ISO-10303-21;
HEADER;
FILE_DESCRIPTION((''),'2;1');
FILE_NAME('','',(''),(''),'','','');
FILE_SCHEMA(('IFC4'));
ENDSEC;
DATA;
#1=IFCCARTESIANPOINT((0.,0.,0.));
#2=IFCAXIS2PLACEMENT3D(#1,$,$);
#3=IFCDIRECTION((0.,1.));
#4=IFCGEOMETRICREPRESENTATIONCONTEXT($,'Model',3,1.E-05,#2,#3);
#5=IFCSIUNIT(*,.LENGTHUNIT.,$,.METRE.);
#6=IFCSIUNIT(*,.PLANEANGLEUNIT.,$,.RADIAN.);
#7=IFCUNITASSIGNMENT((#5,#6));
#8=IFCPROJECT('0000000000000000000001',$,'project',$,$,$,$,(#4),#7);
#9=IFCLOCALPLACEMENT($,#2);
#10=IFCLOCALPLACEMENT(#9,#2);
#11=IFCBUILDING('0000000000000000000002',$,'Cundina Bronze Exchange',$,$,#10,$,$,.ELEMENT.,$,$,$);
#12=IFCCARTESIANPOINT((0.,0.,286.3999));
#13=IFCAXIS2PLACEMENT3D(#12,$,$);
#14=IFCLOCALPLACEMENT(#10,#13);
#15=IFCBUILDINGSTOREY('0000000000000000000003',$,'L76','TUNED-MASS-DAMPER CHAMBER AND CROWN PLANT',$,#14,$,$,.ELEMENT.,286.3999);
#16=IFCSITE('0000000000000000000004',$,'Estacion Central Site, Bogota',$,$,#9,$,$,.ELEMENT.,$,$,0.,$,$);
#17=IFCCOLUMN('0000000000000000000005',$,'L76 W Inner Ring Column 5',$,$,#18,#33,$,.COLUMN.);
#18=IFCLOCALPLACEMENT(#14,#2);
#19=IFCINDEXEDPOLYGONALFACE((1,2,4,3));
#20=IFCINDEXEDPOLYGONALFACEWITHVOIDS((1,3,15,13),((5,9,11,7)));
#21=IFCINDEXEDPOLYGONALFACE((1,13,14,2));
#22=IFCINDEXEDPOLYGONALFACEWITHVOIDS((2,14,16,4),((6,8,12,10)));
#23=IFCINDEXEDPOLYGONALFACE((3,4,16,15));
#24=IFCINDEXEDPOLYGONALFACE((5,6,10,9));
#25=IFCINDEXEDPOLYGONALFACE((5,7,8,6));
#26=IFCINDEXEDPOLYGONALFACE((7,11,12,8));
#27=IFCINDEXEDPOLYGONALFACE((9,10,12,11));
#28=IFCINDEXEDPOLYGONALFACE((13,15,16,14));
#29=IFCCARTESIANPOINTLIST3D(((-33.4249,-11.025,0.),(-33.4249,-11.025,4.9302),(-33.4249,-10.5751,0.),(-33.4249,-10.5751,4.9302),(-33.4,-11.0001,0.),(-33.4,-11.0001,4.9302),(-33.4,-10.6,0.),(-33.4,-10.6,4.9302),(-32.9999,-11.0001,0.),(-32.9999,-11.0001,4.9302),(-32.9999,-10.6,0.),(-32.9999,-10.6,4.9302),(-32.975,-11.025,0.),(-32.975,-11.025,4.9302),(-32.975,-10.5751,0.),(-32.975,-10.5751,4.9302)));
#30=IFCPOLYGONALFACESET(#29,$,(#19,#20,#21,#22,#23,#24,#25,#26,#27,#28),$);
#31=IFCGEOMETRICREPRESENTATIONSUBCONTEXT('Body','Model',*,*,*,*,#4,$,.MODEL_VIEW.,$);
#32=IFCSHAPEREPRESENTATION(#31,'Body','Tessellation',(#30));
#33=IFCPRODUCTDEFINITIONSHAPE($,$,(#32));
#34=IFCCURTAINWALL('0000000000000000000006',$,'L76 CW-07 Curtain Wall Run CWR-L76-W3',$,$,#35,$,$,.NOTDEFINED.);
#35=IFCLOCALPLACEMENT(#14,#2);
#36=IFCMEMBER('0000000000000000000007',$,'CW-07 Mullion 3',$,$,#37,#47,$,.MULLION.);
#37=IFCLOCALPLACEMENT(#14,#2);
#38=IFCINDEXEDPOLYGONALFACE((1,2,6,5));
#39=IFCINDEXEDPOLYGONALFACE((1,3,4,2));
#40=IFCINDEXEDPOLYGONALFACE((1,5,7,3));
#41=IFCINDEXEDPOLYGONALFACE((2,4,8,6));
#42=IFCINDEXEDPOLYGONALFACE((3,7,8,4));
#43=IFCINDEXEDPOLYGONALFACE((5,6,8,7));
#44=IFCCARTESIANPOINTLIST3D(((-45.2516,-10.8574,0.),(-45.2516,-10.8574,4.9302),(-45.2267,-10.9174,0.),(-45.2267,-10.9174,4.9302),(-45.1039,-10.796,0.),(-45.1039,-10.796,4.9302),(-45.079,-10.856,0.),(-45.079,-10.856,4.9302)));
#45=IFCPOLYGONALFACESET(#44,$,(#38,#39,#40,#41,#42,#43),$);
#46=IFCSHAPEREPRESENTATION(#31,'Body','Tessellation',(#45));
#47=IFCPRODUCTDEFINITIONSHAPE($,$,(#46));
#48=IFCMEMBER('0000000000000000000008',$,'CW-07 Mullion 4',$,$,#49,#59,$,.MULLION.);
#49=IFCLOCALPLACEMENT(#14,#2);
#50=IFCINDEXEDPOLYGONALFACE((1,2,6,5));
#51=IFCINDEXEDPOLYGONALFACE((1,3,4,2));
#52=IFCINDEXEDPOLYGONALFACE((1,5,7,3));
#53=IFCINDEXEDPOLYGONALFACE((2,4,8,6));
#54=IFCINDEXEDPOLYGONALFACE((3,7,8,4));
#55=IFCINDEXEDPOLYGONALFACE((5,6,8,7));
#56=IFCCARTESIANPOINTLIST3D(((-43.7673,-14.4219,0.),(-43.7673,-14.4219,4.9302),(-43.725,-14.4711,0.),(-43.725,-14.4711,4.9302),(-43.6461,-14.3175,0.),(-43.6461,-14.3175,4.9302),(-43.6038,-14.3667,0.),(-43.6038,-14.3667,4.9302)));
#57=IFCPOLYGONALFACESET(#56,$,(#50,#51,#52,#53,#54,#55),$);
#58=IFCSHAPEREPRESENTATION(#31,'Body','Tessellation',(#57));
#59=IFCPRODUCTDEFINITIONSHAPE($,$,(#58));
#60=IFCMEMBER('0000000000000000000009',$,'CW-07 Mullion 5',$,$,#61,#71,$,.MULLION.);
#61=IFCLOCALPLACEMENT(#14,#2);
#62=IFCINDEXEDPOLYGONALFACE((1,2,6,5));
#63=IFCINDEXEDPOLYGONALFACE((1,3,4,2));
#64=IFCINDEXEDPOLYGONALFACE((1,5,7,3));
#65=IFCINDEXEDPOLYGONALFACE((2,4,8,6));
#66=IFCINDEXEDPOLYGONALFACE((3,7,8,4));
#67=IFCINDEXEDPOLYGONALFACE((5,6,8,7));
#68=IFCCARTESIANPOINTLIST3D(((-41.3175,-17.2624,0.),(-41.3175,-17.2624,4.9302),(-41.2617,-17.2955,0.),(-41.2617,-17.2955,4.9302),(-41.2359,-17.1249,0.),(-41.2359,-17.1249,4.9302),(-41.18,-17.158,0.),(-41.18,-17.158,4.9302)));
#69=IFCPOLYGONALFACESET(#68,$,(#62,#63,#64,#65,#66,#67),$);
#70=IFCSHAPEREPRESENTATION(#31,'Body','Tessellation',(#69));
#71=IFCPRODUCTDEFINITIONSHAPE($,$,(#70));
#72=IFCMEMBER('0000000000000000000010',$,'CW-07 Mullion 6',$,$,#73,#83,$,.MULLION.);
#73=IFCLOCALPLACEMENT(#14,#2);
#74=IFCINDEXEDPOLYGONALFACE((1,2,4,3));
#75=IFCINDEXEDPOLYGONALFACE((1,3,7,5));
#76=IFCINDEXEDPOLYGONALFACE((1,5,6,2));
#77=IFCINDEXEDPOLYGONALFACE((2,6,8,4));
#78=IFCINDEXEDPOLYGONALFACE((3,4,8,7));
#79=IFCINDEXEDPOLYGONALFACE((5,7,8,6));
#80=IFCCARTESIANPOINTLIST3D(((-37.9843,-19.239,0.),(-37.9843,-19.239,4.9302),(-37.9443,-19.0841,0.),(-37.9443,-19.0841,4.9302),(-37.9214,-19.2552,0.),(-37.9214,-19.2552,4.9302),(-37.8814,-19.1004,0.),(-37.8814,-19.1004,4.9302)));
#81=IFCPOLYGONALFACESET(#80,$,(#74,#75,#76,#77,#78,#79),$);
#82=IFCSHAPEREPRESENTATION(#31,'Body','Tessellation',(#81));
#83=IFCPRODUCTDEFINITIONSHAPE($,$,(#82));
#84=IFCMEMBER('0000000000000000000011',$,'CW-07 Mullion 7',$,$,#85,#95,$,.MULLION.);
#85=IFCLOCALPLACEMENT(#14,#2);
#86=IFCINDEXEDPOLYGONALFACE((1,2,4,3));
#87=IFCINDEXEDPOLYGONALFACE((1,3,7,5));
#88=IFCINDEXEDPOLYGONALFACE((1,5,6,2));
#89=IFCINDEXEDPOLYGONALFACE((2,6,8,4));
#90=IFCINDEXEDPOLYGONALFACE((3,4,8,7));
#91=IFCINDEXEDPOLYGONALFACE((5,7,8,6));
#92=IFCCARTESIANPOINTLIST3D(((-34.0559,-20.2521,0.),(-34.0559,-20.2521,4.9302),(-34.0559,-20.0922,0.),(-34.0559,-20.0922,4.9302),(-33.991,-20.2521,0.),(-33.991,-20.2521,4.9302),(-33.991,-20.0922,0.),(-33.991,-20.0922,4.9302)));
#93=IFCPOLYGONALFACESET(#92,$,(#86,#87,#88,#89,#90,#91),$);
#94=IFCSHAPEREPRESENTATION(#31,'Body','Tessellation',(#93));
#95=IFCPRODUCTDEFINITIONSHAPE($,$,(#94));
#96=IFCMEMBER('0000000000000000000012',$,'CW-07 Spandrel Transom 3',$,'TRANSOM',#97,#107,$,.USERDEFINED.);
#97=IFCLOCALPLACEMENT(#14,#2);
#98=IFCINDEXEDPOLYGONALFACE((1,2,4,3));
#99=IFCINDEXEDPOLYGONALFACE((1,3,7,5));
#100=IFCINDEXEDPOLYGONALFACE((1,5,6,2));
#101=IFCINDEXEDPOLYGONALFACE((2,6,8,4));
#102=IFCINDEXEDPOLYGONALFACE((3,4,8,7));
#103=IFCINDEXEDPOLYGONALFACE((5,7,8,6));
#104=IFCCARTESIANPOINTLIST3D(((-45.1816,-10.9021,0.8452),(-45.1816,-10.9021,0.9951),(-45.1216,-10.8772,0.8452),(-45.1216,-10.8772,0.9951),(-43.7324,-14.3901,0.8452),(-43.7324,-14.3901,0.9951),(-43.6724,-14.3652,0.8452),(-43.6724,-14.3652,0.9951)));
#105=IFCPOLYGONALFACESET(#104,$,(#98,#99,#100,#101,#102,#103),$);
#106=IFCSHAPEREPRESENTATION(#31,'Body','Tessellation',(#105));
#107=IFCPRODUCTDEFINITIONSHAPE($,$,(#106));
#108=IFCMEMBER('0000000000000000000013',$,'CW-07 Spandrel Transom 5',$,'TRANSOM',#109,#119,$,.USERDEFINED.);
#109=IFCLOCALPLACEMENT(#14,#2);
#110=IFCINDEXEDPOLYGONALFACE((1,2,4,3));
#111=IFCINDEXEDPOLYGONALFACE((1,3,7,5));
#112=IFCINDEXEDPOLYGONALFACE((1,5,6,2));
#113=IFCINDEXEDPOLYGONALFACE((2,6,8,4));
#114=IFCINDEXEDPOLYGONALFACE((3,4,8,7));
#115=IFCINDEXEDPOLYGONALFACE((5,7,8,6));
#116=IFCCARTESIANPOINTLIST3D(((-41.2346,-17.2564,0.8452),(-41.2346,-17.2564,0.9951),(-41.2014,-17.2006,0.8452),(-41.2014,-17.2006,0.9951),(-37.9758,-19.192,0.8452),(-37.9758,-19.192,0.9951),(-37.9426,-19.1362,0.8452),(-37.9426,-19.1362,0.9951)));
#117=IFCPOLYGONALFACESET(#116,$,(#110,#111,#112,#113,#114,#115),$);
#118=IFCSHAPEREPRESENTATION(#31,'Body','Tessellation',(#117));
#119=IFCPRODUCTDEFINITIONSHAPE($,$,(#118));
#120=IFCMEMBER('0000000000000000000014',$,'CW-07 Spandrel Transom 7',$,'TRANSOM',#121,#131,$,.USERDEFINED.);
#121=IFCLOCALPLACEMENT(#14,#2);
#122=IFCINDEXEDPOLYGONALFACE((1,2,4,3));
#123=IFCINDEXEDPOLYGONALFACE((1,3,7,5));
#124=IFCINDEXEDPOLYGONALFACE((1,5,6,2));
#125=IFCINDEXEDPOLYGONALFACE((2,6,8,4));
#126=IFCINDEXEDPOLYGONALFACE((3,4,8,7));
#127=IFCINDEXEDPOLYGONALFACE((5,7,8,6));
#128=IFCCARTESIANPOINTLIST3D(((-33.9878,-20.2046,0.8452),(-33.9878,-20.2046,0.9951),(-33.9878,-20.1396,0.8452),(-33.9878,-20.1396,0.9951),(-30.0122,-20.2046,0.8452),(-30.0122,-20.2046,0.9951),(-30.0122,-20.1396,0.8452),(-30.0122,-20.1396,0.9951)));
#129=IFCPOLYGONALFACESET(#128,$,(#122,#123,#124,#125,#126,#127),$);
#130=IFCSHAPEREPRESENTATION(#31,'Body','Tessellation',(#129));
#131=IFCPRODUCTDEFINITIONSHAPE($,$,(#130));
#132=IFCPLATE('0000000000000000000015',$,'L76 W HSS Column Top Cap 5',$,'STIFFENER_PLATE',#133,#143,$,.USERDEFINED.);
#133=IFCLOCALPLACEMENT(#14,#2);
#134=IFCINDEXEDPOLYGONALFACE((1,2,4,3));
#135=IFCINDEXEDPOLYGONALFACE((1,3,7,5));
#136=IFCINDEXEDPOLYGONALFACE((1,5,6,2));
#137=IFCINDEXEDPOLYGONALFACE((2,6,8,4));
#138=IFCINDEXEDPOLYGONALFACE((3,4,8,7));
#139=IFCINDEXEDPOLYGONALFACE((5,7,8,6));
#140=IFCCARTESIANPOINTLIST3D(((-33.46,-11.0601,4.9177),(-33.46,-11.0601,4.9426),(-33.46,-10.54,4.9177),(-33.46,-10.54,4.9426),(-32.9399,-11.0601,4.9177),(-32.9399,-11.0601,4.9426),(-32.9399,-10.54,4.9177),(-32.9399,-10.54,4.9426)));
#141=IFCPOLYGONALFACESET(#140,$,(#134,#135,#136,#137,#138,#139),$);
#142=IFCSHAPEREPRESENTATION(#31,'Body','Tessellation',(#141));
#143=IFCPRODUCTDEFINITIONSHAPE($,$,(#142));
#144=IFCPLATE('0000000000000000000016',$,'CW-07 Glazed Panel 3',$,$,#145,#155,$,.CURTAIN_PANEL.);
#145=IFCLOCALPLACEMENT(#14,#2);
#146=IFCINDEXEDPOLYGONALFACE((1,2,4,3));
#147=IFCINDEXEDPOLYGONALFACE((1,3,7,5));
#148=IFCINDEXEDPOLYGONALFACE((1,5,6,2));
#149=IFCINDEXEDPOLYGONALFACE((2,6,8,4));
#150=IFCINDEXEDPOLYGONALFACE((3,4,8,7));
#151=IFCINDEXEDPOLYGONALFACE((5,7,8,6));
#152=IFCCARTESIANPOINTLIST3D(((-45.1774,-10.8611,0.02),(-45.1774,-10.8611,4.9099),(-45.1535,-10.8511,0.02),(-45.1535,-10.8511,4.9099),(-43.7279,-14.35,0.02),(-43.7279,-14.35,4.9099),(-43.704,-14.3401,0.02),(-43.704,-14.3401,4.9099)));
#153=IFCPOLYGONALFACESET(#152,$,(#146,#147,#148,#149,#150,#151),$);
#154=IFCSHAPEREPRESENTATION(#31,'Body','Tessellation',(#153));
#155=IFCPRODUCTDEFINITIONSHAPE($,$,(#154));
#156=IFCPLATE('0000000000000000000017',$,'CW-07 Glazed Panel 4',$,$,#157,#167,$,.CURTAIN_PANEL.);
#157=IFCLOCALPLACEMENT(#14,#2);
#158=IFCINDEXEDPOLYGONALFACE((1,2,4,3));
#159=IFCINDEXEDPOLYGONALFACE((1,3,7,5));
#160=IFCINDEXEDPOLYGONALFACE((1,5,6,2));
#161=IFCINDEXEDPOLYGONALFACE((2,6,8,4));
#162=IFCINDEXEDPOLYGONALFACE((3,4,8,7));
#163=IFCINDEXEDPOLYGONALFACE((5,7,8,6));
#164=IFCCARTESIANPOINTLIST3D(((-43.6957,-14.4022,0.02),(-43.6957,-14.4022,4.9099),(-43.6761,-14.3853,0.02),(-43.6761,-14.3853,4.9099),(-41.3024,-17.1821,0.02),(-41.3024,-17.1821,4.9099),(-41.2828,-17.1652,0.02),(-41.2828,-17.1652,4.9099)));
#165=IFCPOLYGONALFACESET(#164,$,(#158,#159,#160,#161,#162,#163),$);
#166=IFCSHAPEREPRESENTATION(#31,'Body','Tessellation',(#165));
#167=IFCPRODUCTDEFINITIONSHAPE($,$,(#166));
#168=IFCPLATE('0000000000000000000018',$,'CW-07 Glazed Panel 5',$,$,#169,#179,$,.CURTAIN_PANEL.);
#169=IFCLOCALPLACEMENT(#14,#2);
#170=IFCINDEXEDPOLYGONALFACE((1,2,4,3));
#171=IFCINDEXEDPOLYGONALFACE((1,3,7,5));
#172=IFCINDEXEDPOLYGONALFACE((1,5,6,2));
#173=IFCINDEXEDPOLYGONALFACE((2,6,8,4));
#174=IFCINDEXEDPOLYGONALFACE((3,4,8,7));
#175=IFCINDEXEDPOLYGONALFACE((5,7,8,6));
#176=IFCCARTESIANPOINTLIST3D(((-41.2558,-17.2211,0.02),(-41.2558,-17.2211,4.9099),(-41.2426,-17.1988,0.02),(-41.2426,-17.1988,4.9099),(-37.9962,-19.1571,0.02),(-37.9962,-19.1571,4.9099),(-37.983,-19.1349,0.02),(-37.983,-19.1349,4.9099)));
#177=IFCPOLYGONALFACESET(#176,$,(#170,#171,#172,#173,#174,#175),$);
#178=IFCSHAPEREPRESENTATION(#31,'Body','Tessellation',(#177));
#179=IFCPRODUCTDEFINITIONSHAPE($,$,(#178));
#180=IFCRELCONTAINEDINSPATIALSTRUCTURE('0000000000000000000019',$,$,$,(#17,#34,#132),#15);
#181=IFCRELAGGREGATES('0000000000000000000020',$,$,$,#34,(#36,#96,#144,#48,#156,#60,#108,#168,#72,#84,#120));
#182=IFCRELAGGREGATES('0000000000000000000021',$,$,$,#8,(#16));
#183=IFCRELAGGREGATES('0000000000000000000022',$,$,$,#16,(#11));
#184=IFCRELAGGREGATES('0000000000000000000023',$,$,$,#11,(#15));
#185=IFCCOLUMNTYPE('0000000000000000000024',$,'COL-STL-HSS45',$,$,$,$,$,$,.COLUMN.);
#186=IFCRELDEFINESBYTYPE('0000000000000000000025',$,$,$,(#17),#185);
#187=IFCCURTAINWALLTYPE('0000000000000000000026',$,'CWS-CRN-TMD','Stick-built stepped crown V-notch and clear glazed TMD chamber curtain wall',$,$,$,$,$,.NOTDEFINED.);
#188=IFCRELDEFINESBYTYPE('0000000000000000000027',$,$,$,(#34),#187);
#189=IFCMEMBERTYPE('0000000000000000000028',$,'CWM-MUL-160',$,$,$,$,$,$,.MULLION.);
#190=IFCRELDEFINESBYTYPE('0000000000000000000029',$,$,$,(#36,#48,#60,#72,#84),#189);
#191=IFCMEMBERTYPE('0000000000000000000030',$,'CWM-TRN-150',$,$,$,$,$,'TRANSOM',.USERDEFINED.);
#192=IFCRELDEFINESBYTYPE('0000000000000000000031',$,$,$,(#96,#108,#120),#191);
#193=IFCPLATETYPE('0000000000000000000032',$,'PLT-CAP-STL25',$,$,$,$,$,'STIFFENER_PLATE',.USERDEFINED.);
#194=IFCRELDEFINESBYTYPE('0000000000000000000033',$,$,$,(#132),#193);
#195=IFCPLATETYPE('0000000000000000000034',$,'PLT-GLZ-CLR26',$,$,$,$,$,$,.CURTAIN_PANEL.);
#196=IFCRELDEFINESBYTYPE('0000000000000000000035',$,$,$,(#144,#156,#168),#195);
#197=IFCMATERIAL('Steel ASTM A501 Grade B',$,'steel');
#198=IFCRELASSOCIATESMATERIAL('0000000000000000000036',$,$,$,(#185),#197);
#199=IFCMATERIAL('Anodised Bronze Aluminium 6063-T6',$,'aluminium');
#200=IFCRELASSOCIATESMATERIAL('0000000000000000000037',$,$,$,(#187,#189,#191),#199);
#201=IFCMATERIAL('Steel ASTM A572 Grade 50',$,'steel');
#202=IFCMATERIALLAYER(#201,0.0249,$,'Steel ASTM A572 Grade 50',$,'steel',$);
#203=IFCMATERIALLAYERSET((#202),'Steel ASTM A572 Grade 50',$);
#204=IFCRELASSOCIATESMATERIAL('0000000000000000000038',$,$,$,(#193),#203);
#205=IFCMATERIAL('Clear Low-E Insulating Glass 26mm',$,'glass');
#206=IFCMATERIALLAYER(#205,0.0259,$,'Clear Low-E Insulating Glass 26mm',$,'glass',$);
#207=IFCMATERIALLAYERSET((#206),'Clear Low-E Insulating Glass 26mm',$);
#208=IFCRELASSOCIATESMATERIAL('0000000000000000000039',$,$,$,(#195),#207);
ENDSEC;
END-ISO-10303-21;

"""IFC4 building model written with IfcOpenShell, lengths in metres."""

from ifc_helpers import new_model, si_unit, direction, frame, origin, origin_2d, place, context, subcontext, project, spatial, rectangle, hollow_rectangle, extrude, material, layer, layer_set, material_profile, profile_set, type_object, element, aggregate, save


model = new_model("IFC4")

# Units and contexts
model_context = context("Model", 3, precision=1e-05, world=origin(), true_north=direction((0.0, 1.0)))
body_context = subcontext(model_context, "Body", "Model", "MODEL_VIEW")
ifc_project = project(units=[si_unit("LENGTHUNIT", "METRE"), si_unit("PLANEANGLEUNIT", "RADIAN")], contexts=[model_context])

# Site, building, storey
site_placement = place(None, origin())
site = spatial("IfcSite", under=ifc_project, at=site_placement, Name="Estacion Central Site, Bogota", CompositionType="ELEMENT", RefElevation=0.0)
building_placement = place(site_placement, origin())
building = spatial("IfcBuilding", under=site, at=building_placement, Name="Cundina Bronze Exchange", CompositionType="ELEMENT")
storey_placement = place(building_placement, frame((0.0, 0.0, 286.3999)))
storey = spatial("IfcBuildingStorey", under=building, at=storey_placement, Name="L76", Description="TUNED-MASS-DAMPER CHAMBER AND CROWN PLANT", CompositionType="ELEMENT", Elevation=286.3999)

# Column
ifc_material_1 = material(Name="Steel ASTM A501 Grade B", Category="steel")
ifc_material_profile_1 = material_profile(ifc_material_1, hollow_rectangle(XDim=0.45, YDim=0.45, WallThickness=0.0249, at=origin_2d()), Name="HSS450X450X25", Category="steel")
ifc_profile_set_1 = profile_set([ifc_material_profile_1], Name="Steel ASTM A501 Grade B")
column_type = type_object("IfcColumnType", Name="COL-STL-HSS45", PredefinedType="COLUMN", material=ifc_profile_set_1)
column_placement = place(storey_placement, frame((-33.2, -10.8, 0.0), z_axis=(0.0, 0.0, 1.0), x_axis=(1.0, 0.0, 0.0)))
element("IfcColumn", 1, at=column_placement, inside=storey, type_object=column_type, Name="L76 W Inner Ring Column 5", PredefinedType="COLUMN", context=body_context, shape_type="SweptSolid", body=[
    extrude(hollow_rectangle(XDim=0.45, YDim=0.45, WallThickness=0.0249, at=origin_2d()), origin(), (0.0, 0.0, 1.0), 4.9302),
])

# Curtain wall, members
ifc_material_2 = material(Name="Anodised Bronze Aluminium 6063-T6", Category="aluminium")
curtain_wall_type = type_object("IfcCurtainWallType", Name="CWS-CRN-TMD", Description="Stick-built stepped crown V-notch and clear glazed TMD chamber curtain wall", PredefinedType="NOTDEFINED", material=ifc_material_2)
curtain_wall_placement = place(storey_placement, origin())
curtain_wall = element("IfcCurtainWall", 2, at=curtain_wall_placement, inside=storey, type_object=curtain_wall_type, Name="L76 CW-07 Curtain Wall Run CWR-L76-W3", PredefinedType="NOTDEFINED")
ifc_material_profile_2 = material_profile(ifc_material_2, rectangle(XDim=0.0649, YDim=0.1599, at=origin_2d()), Name="AL65X160", Category="aluminium")
ifc_profile_set_2 = profile_set([ifc_material_profile_2], Name="Anodised Bronze Aluminium 6063-T6")
member_type_1 = type_object("IfcMemberType", Name="CWM-MUL-160", PredefinedType="MULLION", material=ifc_profile_set_2)
member_1_placement = place(storey_placement, frame((-45.1653, -10.8567, 0.0), z_axis=(0.0, 0.0, 1.0), x_axis=(0.383651, -0.923478, 0.0)))
member_1 = element("IfcMember", 3, at=member_1_placement, type_object=member_type_1, Name="CW-07 Mullion 3", PredefinedType="MULLION", context=body_context, shape_type="SweptSolid", body=[
    extrude(rectangle(XDim=0.0649, YDim=0.1599, at=origin_2d()), origin(), (0.0, 0.0, 1.0), 4.9302),
])
member_2_placement = place(storey_placement, frame((-43.6855, -14.3943, 0.0), z_axis=(0.0, 0.0, 1.0), x_axis=(0.652495, -0.757793, 0.0)))
member_2 = element("IfcMember", 4, at=member_2_placement, type_object=member_type_1, Name="CW-07 Mullion 4", PredefinedType="MULLION", context=body_context, shape_type="SweptSolid", body=[
    extrude(rectangle(XDim=0.0649, YDim=0.1599, at=origin_2d()), origin(), (0.0, 0.0, 1.0), 4.9302),
])
member_3_placement = place(storey_placement, frame((-41.2488, -17.2102, 0.0), z_axis=(0.0, 0.0, 1.0), x_axis=(0.859763, -0.510693, 0.0)))
member_3 = element("IfcMember", 5, at=member_3_placement, type_object=member_type_1, Name="CW-07 Mullion 5", PredefinedType="MULLION", context=body_context, shape_type="SweptSolid", body=[
    extrude(rectangle(XDim=0.0649, YDim=0.1599, at=origin_2d()), origin(), (0.0, 0.0, 1.0), 4.9302),
])
member_4_placement = place(storey_placement, frame((-37.9329, -19.1697, 0.0), z_axis=(0.0, 0.0, 1.0), x_axis=(0.968148, -0.25038, 0.0)))
member_4 = element("IfcMember", 6, at=member_4_placement, type_object=member_type_1, Name="CW-07 Mullion 6", PredefinedType="MULLION", context=body_context, shape_type="SweptSolid", body=[
    extrude(rectangle(XDim=0.0649, YDim=0.1599, at=origin_2d()), origin(), (0.0, 0.0, 1.0), 4.9302),
])
member_5_placement = place(storey_placement, frame((-34.0234, -20.1721, 0.0), z_axis=(0.0, 0.0, 1.0), x_axis=(1.0, 0.0, 0.0)))
member_5 = element("IfcMember", 7, at=member_5_placement, type_object=member_type_1, Name="CW-07 Mullion 7", PredefinedType="MULLION", context=body_context, shape_type="SweptSolid", body=[
    extrude(rectangle(XDim=0.0649, YDim=0.1599, at=origin_2d()), origin(), (0.0, 0.0, 1.0), 4.9302),
])
ifc_material_profile_3 = material_profile(ifc_material_2, rectangle(XDim=0.0649, YDim=0.1499, at=origin_2d()), Name="AL65X150", Category="aluminium")
ifc_profile_set_3 = profile_set([ifc_material_profile_3], Name="Anodised Bronze Aluminium 6063-T6")
member_type_2 = type_object("IfcMemberType", Name="CWM-TRN-150", ElementType="TRANSOM", PredefinedType="USERDEFINED", material=ifc_profile_set_3)
member_6_placement = place(storey_placement, frame((-45.1516, -10.8896, 0.9202), z_axis=(0.383684, -0.923465, 0.0), x_axis=(0.923465, 0.383684, 0.0)))
member_6 = element("IfcMember", 8, at=member_6_placement, type_object=member_type_2, Name="CW-07 Spandrel Transom 3", ObjectType="TRANSOM", PredefinedType="USERDEFINED", context=body_context, shape_type="SweptSolid", body=[
    extrude(rectangle(XDim=0.0649, YDim=0.1499, at=origin_2d()), origin(), (0.0, 0.0, 1.0), 3.7771),
])
member_7_placement = place(storey_placement, frame((-41.218, -17.2285, 0.9202), z_axis=(0.859781, -0.510664, 0.0), x_axis=(0.510664, 0.859781, 0.0)))
member_7 = element("IfcMember", 9, at=member_7_placement, type_object=member_type_2, Name="CW-07 Spandrel Transom 5", ObjectType="TRANSOM", PredefinedType="USERDEFINED", context=body_context, shape_type="SweptSolid", body=[
    extrude(rectangle(XDim=0.0649, YDim=0.1499, at=origin_2d()), origin(), (0.0, 0.0, 1.0), 3.7903),
])
member_8_placement = place(storey_placement, frame((-33.9878, -20.1721, 0.9202), z_axis=(1.0, 0.0, 0.0), x_axis=(0.0, 1.0, 0.0)))
member_8 = element("IfcMember", 10, at=member_8_placement, type_object=member_type_2, Name="CW-07 Spandrel Transom 7", ObjectType="TRANSOM", PredefinedType="USERDEFINED", context=body_context, shape_type="SweptSolid", body=[
    extrude(rectangle(XDim=0.0649, YDim=0.1499, at=origin_2d()), origin(), (0.0, 0.0, 1.0), 3.9756),
])

# Plates
ifc_material_3 = material(Name="Steel ASTM A572 Grade 50", Category="steel")
ifc_layer_1 = layer(ifc_material_3, 0.0249, Name="Steel ASTM A572 Grade 50", Category="steel")
ifc_layer_set_1 = layer_set([ifc_layer_1], Name="Steel ASTM A572 Grade 50")
plate_type_1 = type_object("IfcPlateType", Name="PLT-CAP-STL25", ElementType="STIFFENER_PLATE", PredefinedType="USERDEFINED", material=ifc_layer_set_1)
plate_1_placement = place(storey_placement, frame((-33.2, -10.8, 4.9177), z_axis=(0.0, 0.0, 1.0), x_axis=(1.0, 0.0, 0.0)))
element("IfcPlate", 11, at=plate_1_placement, inside=storey, type_object=plate_type_1, Name="L76 W HSS Column Top Cap 5", ObjectType="STIFFENER_PLATE", PredefinedType="USERDEFINED", context=body_context, shape_type="SweptSolid", body=[
    extrude(rectangle(XDim=0.52, YDim=0.52, at=origin_2d()), origin(), (0.0, 0.0, 1.0), 0.0249),
])
ifc_material_4 = material(Name="Clear Low-E Insulating Glass 26mm", Category="glass")
ifc_layer_2 = layer(ifc_material_4, 0.0259, Name="Clear Low-E Insulating Glass 26mm", Category="glass")
ifc_layer_set_2 = layer_set([ifc_layer_2], Name="Clear Low-E Insulating Glass 26mm")
plate_type_2 = type_object("IfcPlateType", Name="PLT-GLZ-CLR26", PredefinedType="CURTAIN_PANEL", material=ifc_layer_set_2)
plate_2_placement = place(storey_placement, frame((-44.4407, -12.6006, 0.02), z_axis=(0.0, 0.0, 1.0), x_axis=(0.383667, -0.923472, 0.0)))
plate_2 = element("IfcPlate", 12, at=plate_2_placement, type_object=plate_type_2, Name="CW-07 Glazed Panel 3", PredefinedType="CURTAIN_PANEL", context=body_context, shape_type="SweptSolid", body=[
    extrude(rectangle(XDim=3.7781, YDim=0.0259, at=origin_2d()), origin(), (0.0, 0.0, 1.0), 4.8899),
])
plate_3_placement = place(storey_placement, frame((-42.4893, -15.7837, 0.02), z_axis=(0.0, 0.0, 1.0), x_axis=(0.652456, -0.757827, 0.0)))
plate_3 = element("IfcPlate", 13, at=plate_3_placement, type_object=plate_type_2, Name="CW-07 Glazed Panel 4", PredefinedType="CURTAIN_PANEL", context=body_context, shape_type="SweptSolid", body=[
    extrude(rectangle(XDim=3.6682, YDim=0.0259, at=origin_2d()), origin(), (0.0, 0.0, 1.0), 4.8899),
])
plate_4_placement = place(storey_placement, frame((-39.6194, -18.178, 0.02), z_axis=(0.0, 0.0, 1.0), x_axis=(0.859781, -0.510663, 0.0)))
plate_4 = element("IfcPlate", 14, at=plate_4_placement, type_object=plate_type_2, Name="CW-07 Glazed Panel 5", PredefinedType="CURTAIN_PANEL", context=body_context, shape_type="SweptSolid", body=[
    extrude(rectangle(XDim=3.7913, YDim=0.0259, at=origin_2d()), origin(), (0.0, 0.0, 1.0), 4.8899),
])
aggregate(curtain_wall, [member_1, member_6, plate_2, member_2, plate_3, member_3, member_7, plate_4, member_4, member_5, member_8])

save(model, "model.ifc")
